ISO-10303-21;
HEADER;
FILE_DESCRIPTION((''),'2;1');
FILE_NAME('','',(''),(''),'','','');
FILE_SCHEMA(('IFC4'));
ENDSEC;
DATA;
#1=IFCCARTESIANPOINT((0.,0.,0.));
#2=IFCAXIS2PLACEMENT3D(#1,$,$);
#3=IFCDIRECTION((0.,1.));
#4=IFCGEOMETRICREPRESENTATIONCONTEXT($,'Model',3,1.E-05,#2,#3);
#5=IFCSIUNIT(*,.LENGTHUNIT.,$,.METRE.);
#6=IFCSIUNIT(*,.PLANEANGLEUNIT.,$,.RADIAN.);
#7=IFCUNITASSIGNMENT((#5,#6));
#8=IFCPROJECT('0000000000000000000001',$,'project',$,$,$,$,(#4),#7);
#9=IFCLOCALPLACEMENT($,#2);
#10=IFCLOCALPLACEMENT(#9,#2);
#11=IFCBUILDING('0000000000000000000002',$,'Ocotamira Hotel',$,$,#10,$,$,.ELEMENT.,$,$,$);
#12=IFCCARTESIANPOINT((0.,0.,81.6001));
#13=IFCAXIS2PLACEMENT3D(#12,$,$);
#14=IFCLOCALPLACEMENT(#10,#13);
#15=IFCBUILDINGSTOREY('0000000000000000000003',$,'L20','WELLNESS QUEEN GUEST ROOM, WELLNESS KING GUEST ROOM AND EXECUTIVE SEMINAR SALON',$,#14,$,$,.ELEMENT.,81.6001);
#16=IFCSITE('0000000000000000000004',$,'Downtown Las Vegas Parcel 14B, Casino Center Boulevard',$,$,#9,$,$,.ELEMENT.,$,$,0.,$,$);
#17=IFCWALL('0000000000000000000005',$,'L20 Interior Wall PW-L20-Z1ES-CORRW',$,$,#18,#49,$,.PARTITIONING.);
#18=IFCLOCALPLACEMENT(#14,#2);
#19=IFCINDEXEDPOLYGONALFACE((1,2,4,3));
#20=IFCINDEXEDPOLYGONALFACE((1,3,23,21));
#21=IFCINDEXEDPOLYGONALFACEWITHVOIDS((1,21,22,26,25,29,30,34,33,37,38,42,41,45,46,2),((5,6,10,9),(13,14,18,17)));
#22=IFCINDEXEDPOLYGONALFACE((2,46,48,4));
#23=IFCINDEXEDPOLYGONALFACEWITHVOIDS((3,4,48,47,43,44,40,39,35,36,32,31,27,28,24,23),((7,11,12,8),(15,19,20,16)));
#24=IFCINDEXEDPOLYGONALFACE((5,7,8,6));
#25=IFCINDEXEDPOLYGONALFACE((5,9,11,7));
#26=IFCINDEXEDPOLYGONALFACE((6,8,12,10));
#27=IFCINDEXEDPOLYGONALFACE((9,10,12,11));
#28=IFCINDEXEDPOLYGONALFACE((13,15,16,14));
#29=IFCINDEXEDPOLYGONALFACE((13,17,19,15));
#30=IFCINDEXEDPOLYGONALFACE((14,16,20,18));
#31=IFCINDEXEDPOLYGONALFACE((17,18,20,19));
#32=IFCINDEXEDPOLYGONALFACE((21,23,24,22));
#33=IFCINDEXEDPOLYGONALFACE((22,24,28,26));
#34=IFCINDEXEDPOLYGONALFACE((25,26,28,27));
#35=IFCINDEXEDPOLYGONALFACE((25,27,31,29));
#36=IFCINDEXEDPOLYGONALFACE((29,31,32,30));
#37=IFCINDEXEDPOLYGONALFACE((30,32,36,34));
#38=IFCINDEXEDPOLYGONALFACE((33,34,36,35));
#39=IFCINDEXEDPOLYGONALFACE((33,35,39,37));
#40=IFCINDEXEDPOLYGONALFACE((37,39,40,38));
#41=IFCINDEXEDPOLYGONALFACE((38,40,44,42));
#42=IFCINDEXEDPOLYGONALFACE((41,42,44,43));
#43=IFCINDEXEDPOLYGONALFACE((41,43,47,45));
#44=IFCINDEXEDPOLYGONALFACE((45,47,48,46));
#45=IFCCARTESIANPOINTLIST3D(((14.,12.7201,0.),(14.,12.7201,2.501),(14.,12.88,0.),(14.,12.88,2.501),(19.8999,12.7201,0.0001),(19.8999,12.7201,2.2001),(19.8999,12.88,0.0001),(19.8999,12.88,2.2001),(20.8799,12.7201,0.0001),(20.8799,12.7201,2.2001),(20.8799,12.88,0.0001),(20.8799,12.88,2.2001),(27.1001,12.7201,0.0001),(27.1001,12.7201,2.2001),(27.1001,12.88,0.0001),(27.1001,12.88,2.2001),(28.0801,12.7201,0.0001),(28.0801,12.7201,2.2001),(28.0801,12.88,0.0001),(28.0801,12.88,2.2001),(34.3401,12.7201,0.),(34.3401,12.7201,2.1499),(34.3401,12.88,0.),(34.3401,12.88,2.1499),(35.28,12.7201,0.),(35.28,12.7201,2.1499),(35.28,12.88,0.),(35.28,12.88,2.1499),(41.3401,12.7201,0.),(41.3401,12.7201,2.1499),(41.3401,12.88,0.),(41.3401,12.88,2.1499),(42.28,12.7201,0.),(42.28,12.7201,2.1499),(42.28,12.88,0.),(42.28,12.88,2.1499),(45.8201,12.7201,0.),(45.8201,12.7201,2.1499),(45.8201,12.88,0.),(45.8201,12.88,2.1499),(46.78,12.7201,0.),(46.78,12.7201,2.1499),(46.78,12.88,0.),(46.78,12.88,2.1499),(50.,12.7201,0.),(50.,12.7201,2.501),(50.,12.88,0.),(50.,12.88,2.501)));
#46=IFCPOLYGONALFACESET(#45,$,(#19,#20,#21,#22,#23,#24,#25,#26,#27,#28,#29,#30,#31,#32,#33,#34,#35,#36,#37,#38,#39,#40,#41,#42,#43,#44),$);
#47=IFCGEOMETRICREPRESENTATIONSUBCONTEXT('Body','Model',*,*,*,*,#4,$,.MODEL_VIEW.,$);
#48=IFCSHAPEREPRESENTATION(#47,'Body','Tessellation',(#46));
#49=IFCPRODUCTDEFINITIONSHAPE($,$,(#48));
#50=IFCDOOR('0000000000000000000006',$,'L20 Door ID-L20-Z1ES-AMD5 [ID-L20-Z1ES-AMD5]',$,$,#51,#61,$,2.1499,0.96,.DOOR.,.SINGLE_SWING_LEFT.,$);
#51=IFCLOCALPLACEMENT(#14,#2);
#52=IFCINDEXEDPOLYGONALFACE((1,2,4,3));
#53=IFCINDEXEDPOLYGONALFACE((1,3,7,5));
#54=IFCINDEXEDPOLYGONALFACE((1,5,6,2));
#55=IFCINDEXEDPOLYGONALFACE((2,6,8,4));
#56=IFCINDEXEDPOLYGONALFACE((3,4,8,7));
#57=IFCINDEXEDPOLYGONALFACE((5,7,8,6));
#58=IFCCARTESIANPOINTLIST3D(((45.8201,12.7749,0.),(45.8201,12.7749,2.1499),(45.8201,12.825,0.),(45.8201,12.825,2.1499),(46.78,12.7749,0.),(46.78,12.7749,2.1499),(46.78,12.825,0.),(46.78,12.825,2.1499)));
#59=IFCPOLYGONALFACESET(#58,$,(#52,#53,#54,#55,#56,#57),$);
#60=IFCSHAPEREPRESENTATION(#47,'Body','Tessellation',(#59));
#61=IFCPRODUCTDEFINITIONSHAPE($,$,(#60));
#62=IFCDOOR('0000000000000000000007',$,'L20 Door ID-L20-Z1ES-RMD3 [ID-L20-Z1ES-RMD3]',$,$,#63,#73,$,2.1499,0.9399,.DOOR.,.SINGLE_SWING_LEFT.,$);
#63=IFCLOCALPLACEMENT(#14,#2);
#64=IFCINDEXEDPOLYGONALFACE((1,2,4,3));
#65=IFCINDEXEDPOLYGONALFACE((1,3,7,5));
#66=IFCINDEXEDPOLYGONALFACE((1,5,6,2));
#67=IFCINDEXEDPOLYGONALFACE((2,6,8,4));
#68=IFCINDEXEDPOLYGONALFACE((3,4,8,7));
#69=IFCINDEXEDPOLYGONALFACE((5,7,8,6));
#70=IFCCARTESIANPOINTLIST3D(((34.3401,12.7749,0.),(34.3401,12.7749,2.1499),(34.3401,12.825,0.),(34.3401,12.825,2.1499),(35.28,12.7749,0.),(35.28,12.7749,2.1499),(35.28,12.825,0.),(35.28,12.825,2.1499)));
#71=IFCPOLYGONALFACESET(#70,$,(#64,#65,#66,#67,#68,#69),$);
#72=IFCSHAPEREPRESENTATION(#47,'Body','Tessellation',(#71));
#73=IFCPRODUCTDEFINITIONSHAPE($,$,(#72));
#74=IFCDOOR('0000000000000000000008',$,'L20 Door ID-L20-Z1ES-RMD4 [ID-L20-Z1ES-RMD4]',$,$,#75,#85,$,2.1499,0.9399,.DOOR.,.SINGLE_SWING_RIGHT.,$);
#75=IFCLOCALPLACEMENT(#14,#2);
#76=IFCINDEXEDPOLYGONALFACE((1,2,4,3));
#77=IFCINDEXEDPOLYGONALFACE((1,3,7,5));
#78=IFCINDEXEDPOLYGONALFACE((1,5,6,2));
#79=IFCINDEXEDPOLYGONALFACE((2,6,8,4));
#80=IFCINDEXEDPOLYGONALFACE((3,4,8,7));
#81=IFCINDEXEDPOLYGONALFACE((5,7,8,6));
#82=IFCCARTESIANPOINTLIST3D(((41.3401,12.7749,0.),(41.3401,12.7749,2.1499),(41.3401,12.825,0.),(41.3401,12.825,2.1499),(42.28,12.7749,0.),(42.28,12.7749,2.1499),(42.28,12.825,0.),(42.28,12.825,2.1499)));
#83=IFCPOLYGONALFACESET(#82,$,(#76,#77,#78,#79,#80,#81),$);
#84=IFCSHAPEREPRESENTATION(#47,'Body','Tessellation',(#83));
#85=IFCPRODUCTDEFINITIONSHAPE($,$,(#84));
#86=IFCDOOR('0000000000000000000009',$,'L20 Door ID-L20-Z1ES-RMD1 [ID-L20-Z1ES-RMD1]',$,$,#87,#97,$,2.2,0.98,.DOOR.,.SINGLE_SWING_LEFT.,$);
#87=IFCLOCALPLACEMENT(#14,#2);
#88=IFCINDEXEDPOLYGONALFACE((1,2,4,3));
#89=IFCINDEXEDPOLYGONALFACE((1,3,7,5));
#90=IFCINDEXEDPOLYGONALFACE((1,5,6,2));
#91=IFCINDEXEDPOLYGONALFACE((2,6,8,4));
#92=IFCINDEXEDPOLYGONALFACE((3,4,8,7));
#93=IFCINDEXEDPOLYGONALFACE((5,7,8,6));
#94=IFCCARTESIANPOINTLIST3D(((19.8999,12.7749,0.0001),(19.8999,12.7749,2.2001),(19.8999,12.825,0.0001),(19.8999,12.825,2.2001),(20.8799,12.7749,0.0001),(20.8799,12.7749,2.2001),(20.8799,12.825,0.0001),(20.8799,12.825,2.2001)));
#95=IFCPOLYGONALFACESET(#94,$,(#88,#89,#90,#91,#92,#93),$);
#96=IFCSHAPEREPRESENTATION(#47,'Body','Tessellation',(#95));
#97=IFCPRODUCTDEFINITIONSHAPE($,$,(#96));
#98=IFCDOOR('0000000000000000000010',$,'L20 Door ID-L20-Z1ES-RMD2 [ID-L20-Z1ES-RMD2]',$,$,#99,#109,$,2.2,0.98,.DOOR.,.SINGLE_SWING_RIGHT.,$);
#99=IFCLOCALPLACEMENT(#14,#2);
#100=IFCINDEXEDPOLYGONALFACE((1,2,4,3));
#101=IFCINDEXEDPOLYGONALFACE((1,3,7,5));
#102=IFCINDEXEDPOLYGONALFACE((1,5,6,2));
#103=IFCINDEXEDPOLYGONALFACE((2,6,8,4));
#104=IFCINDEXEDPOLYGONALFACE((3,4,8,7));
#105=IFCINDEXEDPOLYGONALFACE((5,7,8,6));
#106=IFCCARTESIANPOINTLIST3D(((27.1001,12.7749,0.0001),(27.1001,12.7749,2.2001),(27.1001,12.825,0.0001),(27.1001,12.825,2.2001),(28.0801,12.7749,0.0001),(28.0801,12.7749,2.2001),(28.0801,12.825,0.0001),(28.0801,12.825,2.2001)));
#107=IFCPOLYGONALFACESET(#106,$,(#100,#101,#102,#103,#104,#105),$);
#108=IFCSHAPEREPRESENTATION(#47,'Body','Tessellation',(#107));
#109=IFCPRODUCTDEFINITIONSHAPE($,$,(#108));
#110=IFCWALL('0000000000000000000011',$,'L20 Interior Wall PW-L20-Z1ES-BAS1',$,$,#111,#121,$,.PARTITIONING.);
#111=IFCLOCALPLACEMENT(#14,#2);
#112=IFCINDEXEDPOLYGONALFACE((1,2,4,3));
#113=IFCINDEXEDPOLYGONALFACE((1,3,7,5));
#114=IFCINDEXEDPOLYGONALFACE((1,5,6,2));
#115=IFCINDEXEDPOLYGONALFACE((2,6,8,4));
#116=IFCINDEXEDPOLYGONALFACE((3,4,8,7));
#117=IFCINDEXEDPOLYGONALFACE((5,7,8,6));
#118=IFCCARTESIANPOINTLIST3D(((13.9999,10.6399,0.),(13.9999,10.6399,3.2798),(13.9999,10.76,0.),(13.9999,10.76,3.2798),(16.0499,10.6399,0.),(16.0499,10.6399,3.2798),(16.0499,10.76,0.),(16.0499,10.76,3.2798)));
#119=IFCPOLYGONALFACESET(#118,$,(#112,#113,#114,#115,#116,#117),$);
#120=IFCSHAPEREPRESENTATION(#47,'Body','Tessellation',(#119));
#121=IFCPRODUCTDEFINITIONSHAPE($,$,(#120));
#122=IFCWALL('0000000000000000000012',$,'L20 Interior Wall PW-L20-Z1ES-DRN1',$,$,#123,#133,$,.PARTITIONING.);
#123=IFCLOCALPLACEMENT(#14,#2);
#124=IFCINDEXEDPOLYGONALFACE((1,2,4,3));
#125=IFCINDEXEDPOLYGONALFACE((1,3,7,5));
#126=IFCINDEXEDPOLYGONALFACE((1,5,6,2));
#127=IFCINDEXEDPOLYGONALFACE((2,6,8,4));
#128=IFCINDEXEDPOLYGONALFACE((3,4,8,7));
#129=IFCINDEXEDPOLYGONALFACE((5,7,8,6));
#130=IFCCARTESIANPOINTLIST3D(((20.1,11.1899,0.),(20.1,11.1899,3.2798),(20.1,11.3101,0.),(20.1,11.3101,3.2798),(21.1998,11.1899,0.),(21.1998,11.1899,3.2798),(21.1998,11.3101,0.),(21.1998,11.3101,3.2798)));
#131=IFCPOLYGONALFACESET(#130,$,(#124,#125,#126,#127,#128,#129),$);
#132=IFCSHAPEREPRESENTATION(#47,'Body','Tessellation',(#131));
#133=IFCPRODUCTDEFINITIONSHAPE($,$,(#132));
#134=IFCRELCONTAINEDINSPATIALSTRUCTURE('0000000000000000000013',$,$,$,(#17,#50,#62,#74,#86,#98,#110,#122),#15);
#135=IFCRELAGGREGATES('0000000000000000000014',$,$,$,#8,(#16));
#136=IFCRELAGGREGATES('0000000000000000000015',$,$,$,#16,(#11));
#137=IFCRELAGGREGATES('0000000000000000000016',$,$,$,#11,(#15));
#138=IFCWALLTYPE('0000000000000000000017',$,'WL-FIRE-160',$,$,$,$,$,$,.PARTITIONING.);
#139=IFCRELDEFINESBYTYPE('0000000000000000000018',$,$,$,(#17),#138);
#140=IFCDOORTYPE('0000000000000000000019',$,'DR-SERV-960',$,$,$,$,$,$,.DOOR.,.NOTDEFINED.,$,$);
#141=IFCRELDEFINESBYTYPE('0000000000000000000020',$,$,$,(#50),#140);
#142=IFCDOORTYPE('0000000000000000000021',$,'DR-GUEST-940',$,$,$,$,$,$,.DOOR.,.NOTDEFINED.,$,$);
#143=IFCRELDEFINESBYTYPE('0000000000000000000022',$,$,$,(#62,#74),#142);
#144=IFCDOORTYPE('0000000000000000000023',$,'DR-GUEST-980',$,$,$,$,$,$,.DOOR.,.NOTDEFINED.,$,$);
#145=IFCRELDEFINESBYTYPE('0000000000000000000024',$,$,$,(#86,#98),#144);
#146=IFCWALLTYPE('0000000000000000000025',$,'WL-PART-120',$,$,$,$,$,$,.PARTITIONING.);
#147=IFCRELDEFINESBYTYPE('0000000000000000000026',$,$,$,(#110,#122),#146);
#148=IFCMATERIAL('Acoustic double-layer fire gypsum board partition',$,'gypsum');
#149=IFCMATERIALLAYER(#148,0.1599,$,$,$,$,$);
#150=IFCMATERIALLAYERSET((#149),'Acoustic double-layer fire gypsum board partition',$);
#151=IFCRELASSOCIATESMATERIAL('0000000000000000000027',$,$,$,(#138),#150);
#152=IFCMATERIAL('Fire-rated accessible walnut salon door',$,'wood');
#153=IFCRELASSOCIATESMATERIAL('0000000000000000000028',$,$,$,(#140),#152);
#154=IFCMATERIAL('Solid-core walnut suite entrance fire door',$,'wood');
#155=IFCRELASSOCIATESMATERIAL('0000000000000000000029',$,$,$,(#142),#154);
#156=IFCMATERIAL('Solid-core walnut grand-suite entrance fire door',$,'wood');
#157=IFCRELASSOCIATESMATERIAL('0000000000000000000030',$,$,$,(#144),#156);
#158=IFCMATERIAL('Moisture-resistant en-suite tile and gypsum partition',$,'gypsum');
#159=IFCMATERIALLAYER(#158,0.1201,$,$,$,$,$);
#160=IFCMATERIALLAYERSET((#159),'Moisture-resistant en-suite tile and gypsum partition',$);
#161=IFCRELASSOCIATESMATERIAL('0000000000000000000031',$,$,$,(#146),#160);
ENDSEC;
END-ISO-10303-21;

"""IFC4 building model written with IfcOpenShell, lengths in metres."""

from ifc_helpers import new_model, si_unit, direction, frame, frame_2d, origin, place, context, subcontext, project, spatial, rectangle, extrude, source, transform, mapped, material, layer, layer_set, type_object, element, fill, save


model = new_model("IFC4")

# Units and contexts
model_context = context("Model", 3, precision=1e-05, world=origin(), true_north=direction((0.0, 1.0)))
body_context = subcontext(model_context, "Body", "Model", "MODEL_VIEW")
ifc_project = project(units=[si_unit("LENGTHUNIT", "METRE"), si_unit("PLANEANGLEUNIT", "RADIAN")], contexts=[model_context])

# Site, building, storey
site_placement = place(None, origin())
site = spatial("IfcSite", under=ifc_project, at=site_placement, Name="Downtown Las Vegas Parcel 14B, Casino Center Boulevard", CompositionType="ELEMENT", RefElevation=0.0)
building_placement = place(site_placement, origin())
building = spatial("IfcBuilding", under=site, at=building_placement, Name="Ocotamira Hotel", CompositionType="ELEMENT")
storey_placement = place(building_placement, frame((0.0, 0.0, 81.6001)))
storey = spatial("IfcBuildingStorey", under=building, at=storey_placement, Name="L20", Description="WELLNESS QUEEN GUEST ROOM, WELLNESS KING GUEST ROOM AND EXECUTIVE SEMINAR SALON", CompositionType="ELEMENT", Elevation=81.6001)

# Wall, openings, doors
ifc_material_1 = material(Name="Acoustic double-layer fire gypsum board partition", Category="gypsum")
ifc_layer_1 = layer(ifc_material_1, 0.1599)
ifc_layer_set_1 = layer_set([ifc_layer_1], Name="Acoustic double-layer fire gypsum board partition")
wall_type_1 = type_object("IfcWallType", Name="WL-FIRE-160", PredefinedType="PARTITIONING", material=ifc_layer_set_1)
wall_1_placement = place(storey_placement, frame((14.0, 12.8, 0.0), z_axis=(0.0, 0.0, 1.0), x_axis=(1.0, 0.0, 0.0)))
wall_1 = element("IfcWall", 1, at=wall_1_placement, inside=storey, type_object=wall_type_1, Name="L20 Interior Wall PW-L20-Z1ES-CORRW", PredefinedType="PARTITIONING", context=body_context, shape_type="SweptSolid", body=[
    extrude(rectangle(XDim=36.0, YDim=0.1599, at=frame_2d((18.0, 0.0))), origin(), (0.0, 0.0, 1.0), 2.501),
])
opening_1_placement = place(wall_1_placement, frame((5.8999, 0.0, 0.0)))
opening_1 = element("IfcOpeningElement", 2, at=opening_1_placement, cuts=wall_1, PredefinedType="OPENING", context=body_context, shape_type="SweptSolid", body=[
    extrude(rectangle(XDim=0.98, YDim=2.2, at=frame_2d((0.49, 1.1001))), frame((0.0, 0.0898, 0.0), z_axis=(0.0, -1.0, 0.0), x_axis=(1.0, 0.0, 0.0)), (0.0, 0.0, 1.0), 0.1799),
])
opening_2_placement = place(wall_1_placement, frame((13.1001, 0.0, 0.0)))
opening_2 = element("IfcOpeningElement", 3, at=opening_2_placement, cuts=wall_1, PredefinedType="OPENING", context=body_context, shape_type="SweptSolid", body=[
    extrude(rectangle(XDim=0.98, YDim=2.2, at=frame_2d((0.49, 1.1001))), frame((0.0, 0.0898, 0.0), z_axis=(0.0, -1.0, 0.0), x_axis=(1.0, 0.0, 0.0)), (0.0, 0.0, 1.0), 0.1799),
])
opening_3_placement = place(wall_1_placement, frame((20.3401, 0.0, 0.0)))
opening_3 = element("IfcOpeningElement", 4, at=opening_3_placement, cuts=wall_1, PredefinedType="OPENING", context=body_context, shape_type="SweptSolid", body=[
    extrude(rectangle(XDim=0.9399, YDim=2.1499, at=frame_2d((0.47, 1.075))), frame((0.0, 0.0898, 0.0), z_axis=(0.0, -1.0, 0.0), x_axis=(1.0, 0.0, 0.0)), (0.0, 0.0, 1.0), 0.1799),
])
opening_4_placement = place(wall_1_placement, frame((27.3401, 0.0, 0.0)))
opening_4 = element("IfcOpeningElement", 5, at=opening_4_placement, cuts=wall_1, PredefinedType="OPENING", context=body_context, shape_type="SweptSolid", body=[
    extrude(rectangle(XDim=0.9399, YDim=2.1499, at=frame_2d((0.47, 1.075))), frame((0.0, 0.0898, 0.0), z_axis=(0.0, -1.0, 0.0), x_axis=(1.0, 0.0, 0.0)), (0.0, 0.0, 1.0), 0.1799),
])
opening_5_placement = place(wall_1_placement, frame((31.8201, 0.0, 0.0)))
opening_5 = element("IfcOpeningElement", 6, at=opening_5_placement, cuts=wall_1, PredefinedType="OPENING", context=body_context, shape_type="SweptSolid", body=[
    extrude(rectangle(XDim=0.96, YDim=2.1499, at=frame_2d((0.48, 1.075))), frame((0.0, 0.0898, 0.0), z_axis=(0.0, -1.0, 0.0), x_axis=(1.0, 0.0, 0.0)), (0.0, 0.0, 1.0), 0.1799),
])
ifc_material_2 = material(Name="Fire-rated accessible walnut salon door", Category="wood")
door_type_1 = type_object("IfcDoorType", Name="DR-SERV-960", OperationType="NOTDEFINED", PredefinedType="DOOR", material=ifc_material_2)
shared_shape_1 = source(origin(), body_context, "Body", "SweptSolid", [
    extrude(rectangle(XDim=0.96, YDim=2.1499, at=frame_2d((0.48, 1.075))), frame((0.0, 0.0249, 0.0), z_axis=(0.0, -1.0, 0.0), x_axis=(1.0, 0.0, 0.0)), (0.0, 0.0, 1.0), 0.05),
])
door_1_placement = place(opening_5_placement, origin())
door_1 = element("IfcDoor", 7, at=door_1_placement, inside=storey, type_object=door_type_1, Name="L20 Door ID-L20-Z1ES-AMD5 [ID-L20-Z1ES-AMD5]", OperationType="SINGLE_SWING_LEFT", OverallHeight=2.1499, OverallWidth=0.96, PredefinedType="DOOR", context=body_context, shape_type="MappedRepresentation", body=[
    mapped(shared_shape_1, transform((0.0, 0.0, 0.0), scale=1.0)),
])
fill(opening_5, door_1)
ifc_material_3 = material(Name="Solid-core walnut suite entrance fire door", Category="wood")
door_type_2 = type_object("IfcDoorType", Name="DR-GUEST-940", OperationType="NOTDEFINED", PredefinedType="DOOR", material=ifc_material_3)
shared_shape_2 = source(origin(), body_context, "Body", "SweptSolid", [
    extrude(rectangle(XDim=0.9399, YDim=2.1499, at=frame_2d((0.47, 1.075))), frame((0.0, 0.0249, 0.0), z_axis=(0.0, -1.0, 0.0), x_axis=(1.0, 0.0, 0.0)), (0.0, 0.0, 1.0), 0.05),
])
door_2_placement = place(opening_3_placement, origin())
door_2 = element("IfcDoor", 8, at=door_2_placement, inside=storey, type_object=door_type_2, Name="L20 Door ID-L20-Z1ES-RMD3 [ID-L20-Z1ES-RMD3]", OperationType="SINGLE_SWING_LEFT", OverallHeight=2.1499, OverallWidth=0.9399, PredefinedType="DOOR", context=body_context, shape_type="MappedRepresentation", body=[
    mapped(shared_shape_2, transform((0.0, 0.0, 0.0), scale=1.0)),
])
fill(opening_3, door_2)
door_3_placement = place(opening_4_placement, origin())
door_3 = element("IfcDoor", 9, at=door_3_placement, inside=storey, type_object=door_type_2, Name="L20 Door ID-L20-Z1ES-RMD4 [ID-L20-Z1ES-RMD4]", OperationType="SINGLE_SWING_RIGHT", OverallHeight=2.1499, OverallWidth=0.9399, PredefinedType="DOOR", context=body_context, shape_type="MappedRepresentation", body=[
    mapped(shared_shape_2, transform((0.0, 0.0, 0.0), scale=1.0)),
])
fill(opening_4, door_3)
ifc_material_4 = material(Name="Solid-core walnut grand-suite entrance fire door", Category="wood")
door_type_3 = type_object("IfcDoorType", Name="DR-GUEST-980", OperationType="NOTDEFINED", PredefinedType="DOOR", material=ifc_material_4)
shared_shape_3 = source(origin(), body_context, "Body", "SweptSolid", [
    extrude(rectangle(XDim=0.98, YDim=2.2, at=frame_2d((0.49, 1.1001))), frame((0.0, 0.0249, 0.0), z_axis=(0.0, -1.0, 0.0), x_axis=(1.0, 0.0, 0.0)), (0.0, 0.0, 1.0), 0.05),
])
door_4_placement = place(opening_1_placement, origin())
door_4 = element("IfcDoor", 10, at=door_4_placement, inside=storey, type_object=door_type_3, Name="L20 Door ID-L20-Z1ES-RMD1 [ID-L20-Z1ES-RMD1]", OperationType="SINGLE_SWING_LEFT", OverallHeight=2.2, OverallWidth=0.98, PredefinedType="DOOR", context=body_context, shape_type="MappedRepresentation", body=[
    mapped(shared_shape_3, transform((0.0, 0.0, 0.0), scale=1.0)),
])
fill(opening_1, door_4)
door_5_placement = place(opening_2_placement, origin())
door_5 = element("IfcDoor", 11, at=door_5_placement, inside=storey, type_object=door_type_3, Name="L20 Door ID-L20-Z1ES-RMD2 [ID-L20-Z1ES-RMD2]", OperationType="SINGLE_SWING_RIGHT", OverallHeight=2.2, OverallWidth=0.98, PredefinedType="DOOR", context=body_context, shape_type="MappedRepresentation", body=[
    mapped(shared_shape_3, transform((0.0, 0.0, 0.0), scale=1.0)),
])
fill(opening_2, door_5)

# Shared definitions
ifc_material_5 = material(Name="Moisture-resistant en-suite tile and gypsum partition", Category="gypsum")
ifc_layer_2 = layer(ifc_material_5, 0.1201)
ifc_layer_set_2 = layer_set([ifc_layer_2], Name="Moisture-resistant en-suite tile and gypsum partition")
wall_type_2 = type_object("IfcWallType", Name="WL-PART-120", PredefinedType="PARTITIONING", material=ifc_layer_set_2)

# Walls
wall_2_placement = place(storey_placement, frame((14.0, 10.7, 0.0), z_axis=(0.0, 0.0, 1.0), x_axis=(1.0, 0.0, 0.0)))
element("IfcWall", 12, at=wall_2_placement, inside=storey, type_object=wall_type_2, Name="L20 Interior Wall PW-L20-Z1ES-BAS1", PredefinedType="PARTITIONING", context=body_context, shape_type="SweptSolid", body=[
    extrude(rectangle(XDim=2.05, YDim=0.1201, at=frame_2d((1.0249, 0.0))), origin(), (0.0, 0.0, 1.0), 3.2798),
])
wall_3_placement = place(storey_placement, frame((20.1001, 11.25, 0.0), z_axis=(0.0, 0.0, 1.0), x_axis=(1.0, 0.0, 0.0)))
element("IfcWall", 13, at=wall_3_placement, inside=storey, type_object=wall_type_2, Name="L20 Interior Wall PW-L20-Z1ES-DRN1", PredefinedType="PARTITIONING", context=body_context, shape_type="SweptSolid", body=[
    extrude(rectangle(XDim=1.0999, YDim=0.1201, at=frame_2d((0.5498, 0.0))), origin(), (0.0, 0.0, 1.0), 3.2798),
])

save(model, "model.ifc")
